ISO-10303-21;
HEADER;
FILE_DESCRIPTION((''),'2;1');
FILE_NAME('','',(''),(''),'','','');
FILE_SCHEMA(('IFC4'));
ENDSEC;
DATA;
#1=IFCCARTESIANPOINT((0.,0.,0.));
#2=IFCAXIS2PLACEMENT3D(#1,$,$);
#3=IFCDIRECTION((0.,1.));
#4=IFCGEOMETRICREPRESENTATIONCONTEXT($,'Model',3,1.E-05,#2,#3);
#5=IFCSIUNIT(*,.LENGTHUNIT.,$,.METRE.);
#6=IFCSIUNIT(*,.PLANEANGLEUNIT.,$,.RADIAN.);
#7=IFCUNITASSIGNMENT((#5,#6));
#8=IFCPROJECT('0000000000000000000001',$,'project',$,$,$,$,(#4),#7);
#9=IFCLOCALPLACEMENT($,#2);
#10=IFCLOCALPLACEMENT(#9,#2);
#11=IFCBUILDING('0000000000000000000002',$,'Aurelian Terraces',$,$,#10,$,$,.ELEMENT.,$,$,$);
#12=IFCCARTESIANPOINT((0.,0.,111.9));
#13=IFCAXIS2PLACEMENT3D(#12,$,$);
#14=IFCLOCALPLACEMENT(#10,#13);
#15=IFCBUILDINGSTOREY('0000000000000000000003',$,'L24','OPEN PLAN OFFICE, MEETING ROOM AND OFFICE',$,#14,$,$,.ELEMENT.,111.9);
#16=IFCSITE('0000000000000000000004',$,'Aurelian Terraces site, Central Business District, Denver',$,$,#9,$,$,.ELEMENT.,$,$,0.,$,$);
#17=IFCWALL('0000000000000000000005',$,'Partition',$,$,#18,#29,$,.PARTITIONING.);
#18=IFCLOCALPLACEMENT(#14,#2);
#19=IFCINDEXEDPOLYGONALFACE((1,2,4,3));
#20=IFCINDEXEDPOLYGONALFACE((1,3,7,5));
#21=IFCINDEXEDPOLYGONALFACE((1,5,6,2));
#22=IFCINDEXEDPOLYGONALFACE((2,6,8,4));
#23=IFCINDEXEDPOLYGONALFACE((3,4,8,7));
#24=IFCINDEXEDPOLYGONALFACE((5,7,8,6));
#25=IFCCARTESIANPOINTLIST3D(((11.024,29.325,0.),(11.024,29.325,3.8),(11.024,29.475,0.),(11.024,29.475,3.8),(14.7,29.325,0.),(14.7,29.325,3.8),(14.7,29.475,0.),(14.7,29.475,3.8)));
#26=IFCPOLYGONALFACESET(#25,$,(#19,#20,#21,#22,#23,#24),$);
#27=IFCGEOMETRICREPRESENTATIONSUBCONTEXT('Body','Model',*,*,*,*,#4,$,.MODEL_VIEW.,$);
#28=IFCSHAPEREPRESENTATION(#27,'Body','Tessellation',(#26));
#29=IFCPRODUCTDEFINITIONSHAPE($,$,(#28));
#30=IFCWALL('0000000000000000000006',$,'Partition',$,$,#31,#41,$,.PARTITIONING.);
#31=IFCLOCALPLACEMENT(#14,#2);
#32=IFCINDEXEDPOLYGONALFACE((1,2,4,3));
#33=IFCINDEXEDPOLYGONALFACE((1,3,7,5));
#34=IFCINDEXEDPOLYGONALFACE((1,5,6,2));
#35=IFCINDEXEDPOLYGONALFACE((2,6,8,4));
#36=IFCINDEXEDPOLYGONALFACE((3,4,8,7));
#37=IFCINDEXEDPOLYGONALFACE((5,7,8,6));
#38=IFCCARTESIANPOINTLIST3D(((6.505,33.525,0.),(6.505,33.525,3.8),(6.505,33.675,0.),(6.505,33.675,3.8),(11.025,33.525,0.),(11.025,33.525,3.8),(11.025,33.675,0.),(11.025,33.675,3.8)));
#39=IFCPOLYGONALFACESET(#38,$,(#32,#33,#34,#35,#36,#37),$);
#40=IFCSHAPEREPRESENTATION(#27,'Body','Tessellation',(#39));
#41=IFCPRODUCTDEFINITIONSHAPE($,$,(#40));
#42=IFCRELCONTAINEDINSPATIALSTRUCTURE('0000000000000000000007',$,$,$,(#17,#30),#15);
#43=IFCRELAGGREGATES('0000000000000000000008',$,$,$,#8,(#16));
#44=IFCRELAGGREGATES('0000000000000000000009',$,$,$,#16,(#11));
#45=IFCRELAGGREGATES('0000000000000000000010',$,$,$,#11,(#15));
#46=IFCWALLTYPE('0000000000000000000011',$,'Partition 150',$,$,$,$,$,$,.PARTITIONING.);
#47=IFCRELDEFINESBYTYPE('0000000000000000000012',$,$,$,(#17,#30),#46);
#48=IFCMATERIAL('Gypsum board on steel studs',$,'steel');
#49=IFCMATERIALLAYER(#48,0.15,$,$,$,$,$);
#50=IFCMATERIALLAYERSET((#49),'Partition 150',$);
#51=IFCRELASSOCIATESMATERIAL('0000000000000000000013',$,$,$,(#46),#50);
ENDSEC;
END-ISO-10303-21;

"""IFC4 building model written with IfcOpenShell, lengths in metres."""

from ifc_helpers import new_model, si_unit, direction, frame, frame_2d, origin, place, context, subcontext, project, spatial, rectangle, extrude, source, transform, mapped, material, layer, layer_set, type_object, element, save


model = new_model("IFC4")

# Units and contexts
model_context = context("Model", 3, precision=1e-05, world=origin(), true_north=direction((0.0, 1.0)))
body_context = subcontext(model_context, "Body", "Model", "MODEL_VIEW")
ifc_project = project(units=[si_unit("LENGTHUNIT", "METRE"), si_unit("PLANEANGLEUNIT", "RADIAN")], contexts=[model_context])

# Site, building, storey
site_placement = place(None, origin())
site = spatial("IfcSite", under=ifc_project, at=site_placement, Name="Aurelian Terraces site, Central Business District, Denver", CompositionType="ELEMENT", RefElevation=0.0)
building_placement = place(site_placement, origin())
building = spatial("IfcBuilding", under=site, at=building_placement, Name="Aurelian Terraces", CompositionType="ELEMENT")
storey_placement = place(building_placement, frame((0.0, 0.0, 111.9)))
storey = spatial("IfcBuildingStorey", under=building, at=storey_placement, Name="L24", Description="OPEN PLAN OFFICE, MEETING ROOM AND OFFICE", CompositionType="ELEMENT", Elevation=111.9)

# Shared definitions
ifc_material_1 = material(Name="Gypsum board on steel studs", Category="steel")
ifc_layer_1 = layer(ifc_material_1, 0.15)
ifc_layer_set_1 = layer_set([ifc_layer_1], Name="Partition 150")
wall_type_1 = type_object("IfcWallType", Name="Partition 150", PredefinedType="PARTITIONING", material=ifc_layer_set_1)

# Walls
shared_shape_1 = source(origin(), body_context, "Body", "SweptSolid", [
    extrude(rectangle(XDim=3.676, YDim=0.15, at=frame_2d((1.838, 0.0))), origin(), (0.0, 0.0, 1.0), 3.8),
])
wall_1_placement = place(storey_placement, frame((14.7, 29.4, 0.0), z_axis=(0.0, 0.0, 1.0), x_axis=(-1.0, 0.0, 0.0)))
element("IfcWall", 1, at=wall_1_placement, inside=storey, type_object=wall_type_1, Name="Partition", PredefinedType="PARTITIONING", context=body_context, shape_type="MappedRepresentation", body=[
    mapped(shared_shape_1, transform((0.0, 0.0, 0.0), scale=1.0)),
])
shared_shape_2 = source(origin(), body_context, "Body", "SweptSolid", [
    extrude(rectangle(XDim=4.52, YDim=0.15, at=frame_2d((2.26, 0.0))), origin(), (0.0, 0.0, 1.0), 3.8),
])
wall_2_placement = place(storey_placement, frame((11.025, 33.6, 0.0), z_axis=(0.0, 0.0, 1.0), x_axis=(-1.0, 0.0, 0.0)))
element("IfcWall", 2, at=wall_2_placement, inside=storey, type_object=wall_type_1, Name="Partition", PredefinedType="PARTITIONING", context=body_context, shape_type="MappedRepresentation", body=[
    mapped(shared_shape_2, transform((0.0, 0.0, 0.0), scale=1.0)),
])

save(model, "model.ifc")
